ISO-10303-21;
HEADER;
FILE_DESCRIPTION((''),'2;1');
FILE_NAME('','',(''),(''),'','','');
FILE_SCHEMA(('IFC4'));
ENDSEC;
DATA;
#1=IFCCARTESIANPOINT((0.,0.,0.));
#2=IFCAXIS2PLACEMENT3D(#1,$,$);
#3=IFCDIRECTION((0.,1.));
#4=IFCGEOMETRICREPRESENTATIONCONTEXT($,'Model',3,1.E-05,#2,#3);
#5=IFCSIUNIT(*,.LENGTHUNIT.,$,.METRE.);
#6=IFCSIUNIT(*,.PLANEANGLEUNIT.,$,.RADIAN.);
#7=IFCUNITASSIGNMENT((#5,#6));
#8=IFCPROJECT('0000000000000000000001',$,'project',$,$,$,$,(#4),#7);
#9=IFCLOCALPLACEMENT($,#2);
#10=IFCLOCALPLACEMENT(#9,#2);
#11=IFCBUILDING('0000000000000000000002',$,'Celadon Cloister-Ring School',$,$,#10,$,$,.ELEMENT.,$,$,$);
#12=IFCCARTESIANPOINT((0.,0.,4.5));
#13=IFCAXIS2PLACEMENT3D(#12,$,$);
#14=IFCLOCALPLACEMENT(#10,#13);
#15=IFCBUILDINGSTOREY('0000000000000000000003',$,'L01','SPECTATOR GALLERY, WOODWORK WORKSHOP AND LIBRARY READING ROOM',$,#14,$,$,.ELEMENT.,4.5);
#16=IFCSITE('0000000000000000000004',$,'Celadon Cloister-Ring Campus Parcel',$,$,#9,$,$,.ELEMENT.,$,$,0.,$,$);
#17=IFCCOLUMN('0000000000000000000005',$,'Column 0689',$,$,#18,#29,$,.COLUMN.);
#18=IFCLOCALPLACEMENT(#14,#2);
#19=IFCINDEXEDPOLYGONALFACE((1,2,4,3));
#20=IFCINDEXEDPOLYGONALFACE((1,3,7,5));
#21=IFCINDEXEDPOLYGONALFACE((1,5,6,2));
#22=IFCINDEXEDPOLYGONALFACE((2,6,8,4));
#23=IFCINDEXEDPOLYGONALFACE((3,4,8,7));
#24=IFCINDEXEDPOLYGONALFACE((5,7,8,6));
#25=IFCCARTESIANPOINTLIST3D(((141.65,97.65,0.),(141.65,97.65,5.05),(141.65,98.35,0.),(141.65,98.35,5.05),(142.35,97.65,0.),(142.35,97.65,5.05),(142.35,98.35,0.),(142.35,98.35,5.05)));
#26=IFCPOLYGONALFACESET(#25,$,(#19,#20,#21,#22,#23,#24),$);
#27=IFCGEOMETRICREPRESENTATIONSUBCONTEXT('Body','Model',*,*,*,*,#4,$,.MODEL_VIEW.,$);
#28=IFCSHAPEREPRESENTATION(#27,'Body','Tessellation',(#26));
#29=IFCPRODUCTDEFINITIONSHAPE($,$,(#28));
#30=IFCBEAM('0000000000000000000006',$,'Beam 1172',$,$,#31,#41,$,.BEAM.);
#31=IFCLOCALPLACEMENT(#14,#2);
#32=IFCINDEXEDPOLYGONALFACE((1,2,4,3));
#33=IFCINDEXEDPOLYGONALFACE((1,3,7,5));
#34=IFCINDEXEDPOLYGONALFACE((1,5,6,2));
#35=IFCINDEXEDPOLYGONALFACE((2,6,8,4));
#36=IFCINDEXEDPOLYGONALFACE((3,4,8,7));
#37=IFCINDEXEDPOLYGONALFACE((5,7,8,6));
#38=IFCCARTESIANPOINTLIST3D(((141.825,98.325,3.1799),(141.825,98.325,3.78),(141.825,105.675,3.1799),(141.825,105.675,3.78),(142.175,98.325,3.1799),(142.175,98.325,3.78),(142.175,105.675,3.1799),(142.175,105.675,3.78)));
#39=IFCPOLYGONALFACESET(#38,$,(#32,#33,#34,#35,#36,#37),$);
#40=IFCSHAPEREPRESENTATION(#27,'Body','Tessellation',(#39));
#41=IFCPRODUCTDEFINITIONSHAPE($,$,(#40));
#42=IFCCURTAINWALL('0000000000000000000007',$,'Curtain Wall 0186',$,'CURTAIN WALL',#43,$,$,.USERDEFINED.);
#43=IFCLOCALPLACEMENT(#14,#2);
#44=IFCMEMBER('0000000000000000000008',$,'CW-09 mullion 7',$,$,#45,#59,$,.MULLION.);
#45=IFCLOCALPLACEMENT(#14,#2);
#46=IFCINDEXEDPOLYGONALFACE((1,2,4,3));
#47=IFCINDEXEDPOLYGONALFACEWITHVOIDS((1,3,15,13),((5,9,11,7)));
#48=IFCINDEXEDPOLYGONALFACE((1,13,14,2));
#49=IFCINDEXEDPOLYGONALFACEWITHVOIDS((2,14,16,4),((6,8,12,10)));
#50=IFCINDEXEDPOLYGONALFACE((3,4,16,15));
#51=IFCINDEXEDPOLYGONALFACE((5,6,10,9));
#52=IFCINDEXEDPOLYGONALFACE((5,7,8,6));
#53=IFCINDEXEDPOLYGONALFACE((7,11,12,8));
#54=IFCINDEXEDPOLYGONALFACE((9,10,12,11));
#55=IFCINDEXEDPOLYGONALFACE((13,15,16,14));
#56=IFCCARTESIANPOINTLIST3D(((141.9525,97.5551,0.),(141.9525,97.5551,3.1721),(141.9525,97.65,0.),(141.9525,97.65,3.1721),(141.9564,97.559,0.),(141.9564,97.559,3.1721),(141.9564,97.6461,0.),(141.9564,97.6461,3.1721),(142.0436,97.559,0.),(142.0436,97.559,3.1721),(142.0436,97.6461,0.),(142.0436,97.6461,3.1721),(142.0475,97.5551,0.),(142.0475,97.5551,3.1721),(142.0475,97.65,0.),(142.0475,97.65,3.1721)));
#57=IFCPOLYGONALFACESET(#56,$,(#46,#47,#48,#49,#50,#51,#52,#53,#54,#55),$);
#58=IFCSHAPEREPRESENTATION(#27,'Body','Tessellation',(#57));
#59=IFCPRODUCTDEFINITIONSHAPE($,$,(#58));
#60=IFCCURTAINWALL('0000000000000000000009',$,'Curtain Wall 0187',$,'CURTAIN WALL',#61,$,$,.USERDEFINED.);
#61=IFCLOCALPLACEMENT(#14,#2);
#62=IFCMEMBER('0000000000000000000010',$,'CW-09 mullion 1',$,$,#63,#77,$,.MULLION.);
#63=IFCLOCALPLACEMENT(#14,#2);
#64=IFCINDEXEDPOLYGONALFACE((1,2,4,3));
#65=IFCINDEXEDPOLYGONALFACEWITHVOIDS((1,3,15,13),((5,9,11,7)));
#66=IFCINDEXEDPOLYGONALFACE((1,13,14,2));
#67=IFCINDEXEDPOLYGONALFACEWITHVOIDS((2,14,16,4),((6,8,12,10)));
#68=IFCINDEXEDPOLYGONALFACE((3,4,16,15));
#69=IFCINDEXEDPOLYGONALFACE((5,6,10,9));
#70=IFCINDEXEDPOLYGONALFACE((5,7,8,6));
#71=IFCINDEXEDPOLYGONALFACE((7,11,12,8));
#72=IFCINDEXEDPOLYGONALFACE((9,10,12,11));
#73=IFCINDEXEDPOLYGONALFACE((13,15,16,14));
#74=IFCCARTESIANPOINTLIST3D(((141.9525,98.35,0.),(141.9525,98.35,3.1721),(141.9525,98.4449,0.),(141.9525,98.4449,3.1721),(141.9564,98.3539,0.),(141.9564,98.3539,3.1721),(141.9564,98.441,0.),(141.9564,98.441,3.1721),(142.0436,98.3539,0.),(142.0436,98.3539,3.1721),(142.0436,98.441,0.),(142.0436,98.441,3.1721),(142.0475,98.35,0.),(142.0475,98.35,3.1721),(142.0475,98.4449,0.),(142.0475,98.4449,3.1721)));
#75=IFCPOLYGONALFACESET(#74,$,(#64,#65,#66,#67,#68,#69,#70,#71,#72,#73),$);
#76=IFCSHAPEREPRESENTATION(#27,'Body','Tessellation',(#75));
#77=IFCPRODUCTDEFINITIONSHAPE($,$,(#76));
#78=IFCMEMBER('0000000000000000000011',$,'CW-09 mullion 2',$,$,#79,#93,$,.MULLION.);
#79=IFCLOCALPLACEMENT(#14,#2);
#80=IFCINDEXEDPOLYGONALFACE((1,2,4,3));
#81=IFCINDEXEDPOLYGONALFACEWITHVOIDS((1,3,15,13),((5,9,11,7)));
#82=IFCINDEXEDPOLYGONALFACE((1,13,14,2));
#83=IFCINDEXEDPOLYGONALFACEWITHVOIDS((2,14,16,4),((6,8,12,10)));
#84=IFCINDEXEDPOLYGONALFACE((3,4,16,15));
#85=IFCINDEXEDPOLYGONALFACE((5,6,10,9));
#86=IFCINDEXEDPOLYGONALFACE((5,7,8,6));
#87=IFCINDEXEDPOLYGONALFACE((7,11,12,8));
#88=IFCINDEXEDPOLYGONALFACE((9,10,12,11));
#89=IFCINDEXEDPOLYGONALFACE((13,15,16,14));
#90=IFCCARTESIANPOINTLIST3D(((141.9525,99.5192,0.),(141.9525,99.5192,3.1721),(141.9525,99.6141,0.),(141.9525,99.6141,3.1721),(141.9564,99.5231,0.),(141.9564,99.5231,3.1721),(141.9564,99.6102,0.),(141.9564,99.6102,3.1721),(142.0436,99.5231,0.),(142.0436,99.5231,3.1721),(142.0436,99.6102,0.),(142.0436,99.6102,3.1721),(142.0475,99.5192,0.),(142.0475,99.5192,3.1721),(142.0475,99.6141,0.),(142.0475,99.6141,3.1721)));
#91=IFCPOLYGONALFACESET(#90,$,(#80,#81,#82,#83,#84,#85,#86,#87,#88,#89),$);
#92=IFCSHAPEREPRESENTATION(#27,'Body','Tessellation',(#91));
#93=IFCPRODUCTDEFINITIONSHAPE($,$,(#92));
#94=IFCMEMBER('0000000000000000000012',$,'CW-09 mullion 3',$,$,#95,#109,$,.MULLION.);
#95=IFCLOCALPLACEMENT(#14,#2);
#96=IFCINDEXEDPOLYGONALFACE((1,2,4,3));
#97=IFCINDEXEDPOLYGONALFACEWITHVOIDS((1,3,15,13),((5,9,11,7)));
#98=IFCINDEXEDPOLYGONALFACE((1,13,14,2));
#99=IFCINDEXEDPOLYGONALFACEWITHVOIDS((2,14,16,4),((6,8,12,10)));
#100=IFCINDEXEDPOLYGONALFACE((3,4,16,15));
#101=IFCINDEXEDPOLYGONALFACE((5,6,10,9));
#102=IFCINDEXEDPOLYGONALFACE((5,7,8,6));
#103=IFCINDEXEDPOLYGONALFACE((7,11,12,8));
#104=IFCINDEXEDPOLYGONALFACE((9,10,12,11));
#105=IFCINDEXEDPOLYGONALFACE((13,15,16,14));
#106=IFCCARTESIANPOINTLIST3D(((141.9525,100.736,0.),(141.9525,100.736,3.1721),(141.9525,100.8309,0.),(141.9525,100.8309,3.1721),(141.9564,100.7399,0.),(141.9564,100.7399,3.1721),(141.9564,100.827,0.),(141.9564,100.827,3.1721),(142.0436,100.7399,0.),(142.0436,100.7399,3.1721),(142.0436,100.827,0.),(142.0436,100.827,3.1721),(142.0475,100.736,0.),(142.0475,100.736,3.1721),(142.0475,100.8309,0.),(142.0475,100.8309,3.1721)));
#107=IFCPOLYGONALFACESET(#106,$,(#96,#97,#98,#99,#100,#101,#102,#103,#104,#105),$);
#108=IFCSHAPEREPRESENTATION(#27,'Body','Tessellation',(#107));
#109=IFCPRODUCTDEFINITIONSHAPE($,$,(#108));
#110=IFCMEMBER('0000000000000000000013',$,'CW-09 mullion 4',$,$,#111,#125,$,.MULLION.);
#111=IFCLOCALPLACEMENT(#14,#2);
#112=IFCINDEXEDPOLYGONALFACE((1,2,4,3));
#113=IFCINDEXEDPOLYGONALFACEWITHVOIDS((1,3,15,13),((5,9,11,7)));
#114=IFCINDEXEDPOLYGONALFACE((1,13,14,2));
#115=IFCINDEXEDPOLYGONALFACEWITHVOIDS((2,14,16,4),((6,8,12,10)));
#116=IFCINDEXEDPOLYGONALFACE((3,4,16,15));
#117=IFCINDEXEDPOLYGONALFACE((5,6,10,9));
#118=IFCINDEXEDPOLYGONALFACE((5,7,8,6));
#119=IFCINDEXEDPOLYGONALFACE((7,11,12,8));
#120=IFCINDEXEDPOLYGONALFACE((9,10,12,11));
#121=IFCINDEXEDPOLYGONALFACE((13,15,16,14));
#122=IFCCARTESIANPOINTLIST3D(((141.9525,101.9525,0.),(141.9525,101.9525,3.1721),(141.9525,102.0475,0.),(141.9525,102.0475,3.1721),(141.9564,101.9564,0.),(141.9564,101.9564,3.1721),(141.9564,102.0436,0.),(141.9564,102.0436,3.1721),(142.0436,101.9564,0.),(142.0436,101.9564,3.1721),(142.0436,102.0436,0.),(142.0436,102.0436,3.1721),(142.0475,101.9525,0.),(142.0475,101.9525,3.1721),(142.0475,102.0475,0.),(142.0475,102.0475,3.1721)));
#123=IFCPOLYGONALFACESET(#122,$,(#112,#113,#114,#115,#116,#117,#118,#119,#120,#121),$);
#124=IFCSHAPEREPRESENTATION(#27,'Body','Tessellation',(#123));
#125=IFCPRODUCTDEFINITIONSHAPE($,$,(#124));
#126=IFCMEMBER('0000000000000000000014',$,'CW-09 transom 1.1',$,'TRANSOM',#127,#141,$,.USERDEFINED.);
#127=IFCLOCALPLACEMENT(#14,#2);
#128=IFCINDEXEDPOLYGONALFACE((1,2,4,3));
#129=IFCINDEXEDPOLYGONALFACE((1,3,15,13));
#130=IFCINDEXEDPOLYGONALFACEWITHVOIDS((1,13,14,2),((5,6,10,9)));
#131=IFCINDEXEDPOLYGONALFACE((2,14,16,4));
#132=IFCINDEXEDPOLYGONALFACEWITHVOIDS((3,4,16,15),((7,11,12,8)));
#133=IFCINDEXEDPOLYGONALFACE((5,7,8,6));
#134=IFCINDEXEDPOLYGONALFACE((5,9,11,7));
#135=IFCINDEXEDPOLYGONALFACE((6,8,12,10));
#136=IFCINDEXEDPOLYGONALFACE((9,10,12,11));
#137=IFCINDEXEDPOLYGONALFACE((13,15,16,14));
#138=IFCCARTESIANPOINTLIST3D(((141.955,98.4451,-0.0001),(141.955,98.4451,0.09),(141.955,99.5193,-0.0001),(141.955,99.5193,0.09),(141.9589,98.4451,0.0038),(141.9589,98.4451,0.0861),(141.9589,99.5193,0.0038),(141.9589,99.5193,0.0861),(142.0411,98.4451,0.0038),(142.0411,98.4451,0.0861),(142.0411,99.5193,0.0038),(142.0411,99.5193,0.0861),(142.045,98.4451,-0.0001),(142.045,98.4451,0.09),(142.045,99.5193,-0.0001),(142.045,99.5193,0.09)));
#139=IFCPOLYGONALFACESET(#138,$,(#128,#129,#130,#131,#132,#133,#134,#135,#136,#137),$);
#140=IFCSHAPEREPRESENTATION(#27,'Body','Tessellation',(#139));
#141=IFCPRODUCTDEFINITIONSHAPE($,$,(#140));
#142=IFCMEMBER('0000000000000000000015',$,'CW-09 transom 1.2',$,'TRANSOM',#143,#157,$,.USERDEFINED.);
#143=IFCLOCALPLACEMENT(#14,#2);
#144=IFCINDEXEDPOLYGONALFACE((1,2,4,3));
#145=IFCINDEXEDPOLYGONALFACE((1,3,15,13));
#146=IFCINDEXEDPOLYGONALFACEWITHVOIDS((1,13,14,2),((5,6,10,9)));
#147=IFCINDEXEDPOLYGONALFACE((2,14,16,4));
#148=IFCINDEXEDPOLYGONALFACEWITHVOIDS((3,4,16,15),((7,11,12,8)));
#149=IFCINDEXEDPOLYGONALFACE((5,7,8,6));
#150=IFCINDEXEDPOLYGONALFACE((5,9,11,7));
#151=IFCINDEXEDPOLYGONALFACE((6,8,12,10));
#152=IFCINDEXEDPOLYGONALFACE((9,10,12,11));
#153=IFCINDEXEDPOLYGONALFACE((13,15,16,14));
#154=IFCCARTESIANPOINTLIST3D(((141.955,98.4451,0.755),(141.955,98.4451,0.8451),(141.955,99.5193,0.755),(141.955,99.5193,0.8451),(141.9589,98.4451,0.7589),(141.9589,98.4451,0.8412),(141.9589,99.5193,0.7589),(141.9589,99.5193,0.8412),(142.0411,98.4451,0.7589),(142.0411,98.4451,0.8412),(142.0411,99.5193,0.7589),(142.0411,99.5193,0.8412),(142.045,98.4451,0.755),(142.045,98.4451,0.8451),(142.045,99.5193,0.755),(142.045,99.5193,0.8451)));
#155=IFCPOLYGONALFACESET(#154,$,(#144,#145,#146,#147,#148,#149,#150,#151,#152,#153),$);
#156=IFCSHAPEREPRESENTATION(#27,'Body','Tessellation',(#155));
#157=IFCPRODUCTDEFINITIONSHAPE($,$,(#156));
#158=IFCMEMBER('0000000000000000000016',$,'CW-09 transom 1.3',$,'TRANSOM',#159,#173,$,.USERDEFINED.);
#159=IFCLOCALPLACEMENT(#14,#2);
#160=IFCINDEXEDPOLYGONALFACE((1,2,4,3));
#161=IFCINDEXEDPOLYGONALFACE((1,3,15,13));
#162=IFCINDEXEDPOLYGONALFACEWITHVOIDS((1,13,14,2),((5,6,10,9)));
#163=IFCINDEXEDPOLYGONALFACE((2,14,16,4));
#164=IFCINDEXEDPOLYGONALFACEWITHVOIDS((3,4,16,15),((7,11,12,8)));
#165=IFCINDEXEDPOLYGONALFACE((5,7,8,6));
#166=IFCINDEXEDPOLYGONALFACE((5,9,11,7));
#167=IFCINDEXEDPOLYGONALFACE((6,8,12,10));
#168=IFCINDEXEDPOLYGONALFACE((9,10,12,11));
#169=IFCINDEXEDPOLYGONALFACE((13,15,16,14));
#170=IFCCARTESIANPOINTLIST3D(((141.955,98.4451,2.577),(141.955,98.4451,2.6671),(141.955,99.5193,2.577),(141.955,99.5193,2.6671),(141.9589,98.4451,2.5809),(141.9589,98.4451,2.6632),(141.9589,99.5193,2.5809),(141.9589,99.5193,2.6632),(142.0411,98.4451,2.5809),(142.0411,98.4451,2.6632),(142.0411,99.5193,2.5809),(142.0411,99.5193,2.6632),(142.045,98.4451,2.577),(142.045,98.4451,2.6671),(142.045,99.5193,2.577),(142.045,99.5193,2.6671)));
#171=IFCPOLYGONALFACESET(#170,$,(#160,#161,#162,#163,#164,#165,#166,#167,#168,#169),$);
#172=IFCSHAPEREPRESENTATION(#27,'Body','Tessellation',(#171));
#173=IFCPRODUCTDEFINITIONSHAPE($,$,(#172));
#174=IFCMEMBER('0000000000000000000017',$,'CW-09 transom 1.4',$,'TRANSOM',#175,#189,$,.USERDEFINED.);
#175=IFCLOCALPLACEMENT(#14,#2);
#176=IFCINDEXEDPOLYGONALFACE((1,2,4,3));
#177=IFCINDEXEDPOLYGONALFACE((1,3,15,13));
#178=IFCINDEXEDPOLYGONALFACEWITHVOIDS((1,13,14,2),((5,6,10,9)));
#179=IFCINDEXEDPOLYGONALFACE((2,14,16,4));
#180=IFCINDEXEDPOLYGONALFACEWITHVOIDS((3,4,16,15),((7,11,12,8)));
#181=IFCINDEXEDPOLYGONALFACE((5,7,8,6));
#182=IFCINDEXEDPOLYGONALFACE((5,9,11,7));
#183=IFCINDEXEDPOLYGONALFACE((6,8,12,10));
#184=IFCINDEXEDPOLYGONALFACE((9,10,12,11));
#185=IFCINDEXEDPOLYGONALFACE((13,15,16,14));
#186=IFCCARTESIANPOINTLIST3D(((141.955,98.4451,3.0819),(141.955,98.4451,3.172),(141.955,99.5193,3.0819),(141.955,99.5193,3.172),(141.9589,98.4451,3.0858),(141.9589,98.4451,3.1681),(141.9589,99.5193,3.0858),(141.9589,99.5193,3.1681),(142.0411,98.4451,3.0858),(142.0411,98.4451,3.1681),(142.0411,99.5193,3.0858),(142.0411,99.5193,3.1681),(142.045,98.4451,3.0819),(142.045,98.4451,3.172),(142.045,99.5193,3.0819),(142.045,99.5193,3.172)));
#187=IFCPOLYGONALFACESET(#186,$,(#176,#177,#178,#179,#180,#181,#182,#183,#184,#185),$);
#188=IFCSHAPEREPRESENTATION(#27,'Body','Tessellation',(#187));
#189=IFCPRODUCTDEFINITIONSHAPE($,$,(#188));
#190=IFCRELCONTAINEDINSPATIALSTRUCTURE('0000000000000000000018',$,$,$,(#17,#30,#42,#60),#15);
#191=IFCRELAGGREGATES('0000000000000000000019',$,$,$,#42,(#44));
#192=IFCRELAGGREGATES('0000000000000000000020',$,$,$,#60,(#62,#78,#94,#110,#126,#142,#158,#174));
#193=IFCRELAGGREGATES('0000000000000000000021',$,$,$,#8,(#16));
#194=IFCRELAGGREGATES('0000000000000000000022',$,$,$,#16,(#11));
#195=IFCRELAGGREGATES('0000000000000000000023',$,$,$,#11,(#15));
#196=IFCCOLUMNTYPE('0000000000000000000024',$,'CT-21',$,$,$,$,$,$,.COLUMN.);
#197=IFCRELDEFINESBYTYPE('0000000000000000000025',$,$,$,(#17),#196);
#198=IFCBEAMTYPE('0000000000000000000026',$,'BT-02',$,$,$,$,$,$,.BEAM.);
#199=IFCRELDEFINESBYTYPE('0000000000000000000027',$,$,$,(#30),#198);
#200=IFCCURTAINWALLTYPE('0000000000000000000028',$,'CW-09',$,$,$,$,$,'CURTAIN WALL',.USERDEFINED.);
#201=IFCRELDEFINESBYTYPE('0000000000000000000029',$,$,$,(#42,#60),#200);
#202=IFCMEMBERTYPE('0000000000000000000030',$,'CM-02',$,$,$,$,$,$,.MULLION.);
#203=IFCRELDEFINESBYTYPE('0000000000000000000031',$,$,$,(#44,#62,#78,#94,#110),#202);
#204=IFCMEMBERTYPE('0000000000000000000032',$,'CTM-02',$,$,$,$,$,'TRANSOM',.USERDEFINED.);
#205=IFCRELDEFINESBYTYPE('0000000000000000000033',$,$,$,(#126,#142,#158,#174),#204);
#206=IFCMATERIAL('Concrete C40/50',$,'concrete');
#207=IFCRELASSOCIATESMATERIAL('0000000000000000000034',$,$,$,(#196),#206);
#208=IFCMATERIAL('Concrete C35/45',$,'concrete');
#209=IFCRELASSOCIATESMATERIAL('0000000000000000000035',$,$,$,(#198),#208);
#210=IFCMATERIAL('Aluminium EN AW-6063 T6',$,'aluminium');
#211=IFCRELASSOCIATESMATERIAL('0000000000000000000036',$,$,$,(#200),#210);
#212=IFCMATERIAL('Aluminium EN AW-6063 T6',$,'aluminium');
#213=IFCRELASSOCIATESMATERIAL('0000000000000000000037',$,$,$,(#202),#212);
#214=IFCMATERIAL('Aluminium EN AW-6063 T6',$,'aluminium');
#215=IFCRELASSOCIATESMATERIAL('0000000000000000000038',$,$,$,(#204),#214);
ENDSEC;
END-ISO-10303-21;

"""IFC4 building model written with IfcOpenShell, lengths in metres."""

from ifc_helpers import new_model, si_unit, direction, frame, origin, origin_2d, place, context, subcontext, project, spatial, rectangle, hollow_rectangle, extrude, material, material_profile, profile_set, type_object, element, aggregate, save


model = new_model("IFC4")

# Units and contexts
model_context = context("Model", 3, precision=1e-05, world=origin(), true_north=direction((0.0, 1.0)))
body_context = subcontext(model_context, "Body", "Model", "MODEL_VIEW")
ifc_project = project(units=[si_unit("LENGTHUNIT", "METRE"), si_unit("PLANEANGLEUNIT", "RADIAN")], contexts=[model_context])

# Site, building, storey
site_placement = place(None, origin())
site = spatial("IfcSite", under=ifc_project, at=site_placement, Name="Celadon Cloister-Ring Campus Parcel", CompositionType="ELEMENT", RefElevation=0.0)
building_placement = place(site_placement, origin())
building = spatial("IfcBuilding", under=site, at=building_placement, Name="Celadon Cloister-Ring School", CompositionType="ELEMENT")
storey_placement = place(building_placement, frame((0.0, 0.0, 4.5)))
storey = spatial("IfcBuildingStorey", under=building, at=storey_placement, Name="L01", Description="SPECTATOR GALLERY, WOODWORK WORKSHOP AND LIBRARY READING ROOM", CompositionType="ELEMENT", Elevation=4.5)

# Column
ifc_material_1 = material(Name="Concrete C40/50", Category="concrete")
ifc_material_profile_1 = material_profile(ifc_material_1, rectangle(XDim=0.7, YDim=0.7, at=origin_2d()), Name="RC700X700")
ifc_profile_set_1 = profile_set([ifc_material_profile_1], Name="Concrete C40/50")
column_type = type_object("IfcColumnType", Name="CT-21", PredefinedType="COLUMN", material=ifc_profile_set_1)
column_placement = place(storey_placement, frame((142.0, 98.0, 0.0), z_axis=(0.0, 0.0, 1.0), x_axis=(1.0, 0.0, 0.0)))
element("IfcColumn", 1, at=column_placement, inside=storey, type_object=column_type, Name="Column 0689", PredefinedType="COLUMN", context=body_context, shape_type="SweptSolid", body=[
    extrude(rectangle(XDim=0.7, YDim=0.7, at=origin_2d()), origin(), (0.0, 0.0, 1.0), 5.05),
])

# Beam
ifc_material_2 = material(Name="Concrete C35/45", Category="concrete")
ifc_material_profile_2 = material_profile(ifc_material_2, rectangle(XDim=0.3501, YDim=0.6001, at=origin_2d()), Name="RC350X600")
ifc_profile_set_2 = profile_set([ifc_material_profile_2], Name="Concrete C35/45")
beam_type = type_object("IfcBeamType", Name="BT-02", PredefinedType="BEAM", material=ifc_profile_set_2)
beam_placement = place(storey_placement, frame((142.0, 98.325, 3.48), z_axis=(0.0, 1.0, 0.0), x_axis=(-1.0, 0.0, 0.0)))
element("IfcBeam", 2, at=beam_placement, inside=storey, type_object=beam_type, Name="Beam 1172", PredefinedType="BEAM", context=body_context, shape_type="SweptSolid", body=[
    extrude(rectangle(XDim=0.3501, YDim=0.6001, at=origin_2d()), origin(), (0.0, 0.0, 1.0), 7.3501),
])

# Curtain wall, member
ifc_material_3 = material(Name="Aluminium EN AW-6063 T6", Category="aluminium")
curtain_wall_type = type_object("IfcCurtainWallType", Name="CW-09", ElementType="CURTAIN WALL", PredefinedType="USERDEFINED", material=ifc_material_3)
curtain_wall_1_placement = place(storey_placement, origin())
curtain_wall_1 = element("IfcCurtainWall", 3, at=curtain_wall_1_placement, inside=storey, type_object=curtain_wall_type, Name="Curtain Wall 0186", ObjectType="CURTAIN WALL", PredefinedType="USERDEFINED")
ifc_material_4 = material(Name="Aluminium EN AW-6063 T6", Category="aluminium")
ifc_material_profile_3 = material_profile(ifc_material_4, hollow_rectangle(XDim=0.095, YDim=0.095, WallThickness=0.0039, at=origin_2d()), Name="RHS95X95X4")
ifc_profile_set_3 = profile_set([ifc_material_profile_3], Name="Aluminium EN AW-6063 T6")
member_type_1 = type_object("IfcMemberType", Name="CM-02", PredefinedType="MULLION", material=ifc_profile_set_3)
member_1_placement = place(storey_placement, frame((142.0, 97.6025, 0.0), z_axis=(0.0, 0.0, 1.0), x_axis=(-1.0, 0.0, 0.0)))
member_1 = element("IfcMember", 4, at=member_1_placement, type_object=member_type_1, Name="CW-09 mullion 7", PredefinedType="MULLION", context=body_context, shape_type="SweptSolid", body=[
    extrude(hollow_rectangle(XDim=0.095, YDim=0.095, WallThickness=0.0039, at=origin_2d()), origin(), (0.0, 0.0, 1.0), 3.1721),
])

# Curtain wall, members
curtain_wall_2_placement = place(storey_placement, origin())
curtain_wall_2 = element("IfcCurtainWall", 5, at=curtain_wall_2_placement, inside=storey, type_object=curtain_wall_type, Name="Curtain Wall 0187", ObjectType="CURTAIN WALL", PredefinedType="USERDEFINED")
member_2_placement = place(storey_placement, frame((142.0, 98.3975, 0.0), z_axis=(0.0, 0.0, 1.0), x_axis=(-1.0, 0.0, 0.0)))
member_2 = element("IfcMember", 6, at=member_2_placement, type_object=member_type_1, Name="CW-09 mullion 1", PredefinedType="MULLION", context=body_context, shape_type="SweptSolid", body=[
    extrude(hollow_rectangle(XDim=0.095, YDim=0.095, WallThickness=0.0039, at=origin_2d()), origin(), (0.0, 0.0, 1.0), 3.1721),
])
member_3_placement = place(storey_placement, frame((142.0, 99.5667, 0.0), z_axis=(0.0, 0.0, 1.0), x_axis=(-1.0, 0.0, 0.0)))
member_3 = element("IfcMember", 7, at=member_3_placement, type_object=member_type_1, Name="CW-09 mullion 2", PredefinedType="MULLION", context=body_context, shape_type="SweptSolid", body=[
    extrude(hollow_rectangle(XDim=0.095, YDim=0.095, WallThickness=0.0039, at=origin_2d()), origin(), (0.0, 0.0, 1.0), 3.1721),
])
member_4_placement = place(storey_placement, frame((142.0, 100.7834, 0.0), z_axis=(0.0, 0.0, 1.0), x_axis=(-1.0, 0.0, 0.0)))
member_4 = element("IfcMember", 8, at=member_4_placement, type_object=member_type_1, Name="CW-09 mullion 3", PredefinedType="MULLION", context=body_context, shape_type="SweptSolid", body=[
    extrude(hollow_rectangle(XDim=0.095, YDim=0.095, WallThickness=0.0039, at=origin_2d()), origin(), (0.0, 0.0, 1.0), 3.1721),
])
member_5_placement = place(storey_placement, frame((142.0, 102.0, 0.0), z_axis=(0.0, 0.0, 1.0), x_axis=(-1.0, 0.0, 0.0)))
member_5 = element("IfcMember", 9, at=member_5_placement, type_object=member_type_1, Name="CW-09 mullion 4", PredefinedType="MULLION", context=body_context, shape_type="SweptSolid", body=[
    extrude(hollow_rectangle(XDim=0.095, YDim=0.095, WallThickness=0.0039, at=origin_2d()), origin(), (0.0, 0.0, 1.0), 3.1721),
])
ifc_material_5 = material(Name="Aluminium EN AW-6063 T6", Category="aluminium")
ifc_material_profile_4 = material_profile(ifc_material_5, hollow_rectangle(XDim=0.0901, YDim=0.0901, WallThickness=0.0039, at=origin_2d()), Name="RHS90X90X4")
ifc_profile_set_4 = profile_set([ifc_material_profile_4], Name="Aluminium EN AW-6063 T6")
member_type_2 = type_object("IfcMemberType", Name="CTM-02", ElementType="TRANSOM", PredefinedType="USERDEFINED", material=ifc_profile_set_4)
member_6_placement = place(storey_placement, frame((142.0, 98.4451, 0.0449), z_axis=(0.0, 1.0, 0.0), x_axis=(-1.0, 0.0, 0.0)))
member_6 = element("IfcMember", 10, at=member_6_placement, type_object=member_type_2, Name="CW-09 transom 1.1", ObjectType="TRANSOM", PredefinedType="USERDEFINED", context=body_context, shape_type="SweptSolid", body=[
    extrude(hollow_rectangle(XDim=0.0901, YDim=0.0901, WallThickness=0.0039, at=origin_2d()), origin(), (0.0, 0.0, 1.0), 1.0742),
])
member_7_placement = place(storey_placement, frame((142.0, 98.4451, 0.8), z_axis=(0.0, 1.0, 0.0), x_axis=(-1.0, 0.0, 0.0)))
member_7 = element("IfcMember", 11, at=member_7_placement, type_object=member_type_2, Name="CW-09 transom 1.2", ObjectType="TRANSOM", PredefinedType="USERDEFINED", context=body_context, shape_type="SweptSolid", body=[
    extrude(hollow_rectangle(XDim=0.0901, YDim=0.0901, WallThickness=0.0039, at=origin_2d()), origin(), (0.0, 0.0, 1.0), 1.0742),
])
member_8_placement = place(storey_placement, frame((142.0, 98.4451, 2.6221), z_axis=(0.0, 1.0, 0.0), x_axis=(-1.0, 0.0, 0.0)))
member_8 = element("IfcMember", 12, at=member_8_placement, type_object=member_type_2, Name="CW-09 transom 1.3", ObjectType="TRANSOM", PredefinedType="USERDEFINED", context=body_context, shape_type="SweptSolid", body=[
    extrude(hollow_rectangle(XDim=0.0901, YDim=0.0901, WallThickness=0.0039, at=origin_2d()), origin(), (0.0, 0.0, 1.0), 1.0742),
])
member_9_placement = place(storey_placement, frame((142.0, 98.4451, 3.127), z_axis=(0.0, 1.0, 0.0), x_axis=(-1.0, 0.0, 0.0)))
member_9 = element("IfcMember", 13, at=member_9_placement, type_object=member_type_2, Name="CW-09 transom 1.4", ObjectType="TRANSOM", PredefinedType="USERDEFINED", context=body_context, shape_type="SweptSolid", body=[
    extrude(hollow_rectangle(XDim=0.0901, YDim=0.0901, WallThickness=0.0039, at=origin_2d()), origin(), (0.0, 0.0, 1.0), 1.0742),
])

aggregate(curtain_wall_1, [member_1])
aggregate(curtain_wall_2, [member_2, member_3, member_4, member_5, member_6, member_7, member_8, member_9])

save(model, "model.ifc")
